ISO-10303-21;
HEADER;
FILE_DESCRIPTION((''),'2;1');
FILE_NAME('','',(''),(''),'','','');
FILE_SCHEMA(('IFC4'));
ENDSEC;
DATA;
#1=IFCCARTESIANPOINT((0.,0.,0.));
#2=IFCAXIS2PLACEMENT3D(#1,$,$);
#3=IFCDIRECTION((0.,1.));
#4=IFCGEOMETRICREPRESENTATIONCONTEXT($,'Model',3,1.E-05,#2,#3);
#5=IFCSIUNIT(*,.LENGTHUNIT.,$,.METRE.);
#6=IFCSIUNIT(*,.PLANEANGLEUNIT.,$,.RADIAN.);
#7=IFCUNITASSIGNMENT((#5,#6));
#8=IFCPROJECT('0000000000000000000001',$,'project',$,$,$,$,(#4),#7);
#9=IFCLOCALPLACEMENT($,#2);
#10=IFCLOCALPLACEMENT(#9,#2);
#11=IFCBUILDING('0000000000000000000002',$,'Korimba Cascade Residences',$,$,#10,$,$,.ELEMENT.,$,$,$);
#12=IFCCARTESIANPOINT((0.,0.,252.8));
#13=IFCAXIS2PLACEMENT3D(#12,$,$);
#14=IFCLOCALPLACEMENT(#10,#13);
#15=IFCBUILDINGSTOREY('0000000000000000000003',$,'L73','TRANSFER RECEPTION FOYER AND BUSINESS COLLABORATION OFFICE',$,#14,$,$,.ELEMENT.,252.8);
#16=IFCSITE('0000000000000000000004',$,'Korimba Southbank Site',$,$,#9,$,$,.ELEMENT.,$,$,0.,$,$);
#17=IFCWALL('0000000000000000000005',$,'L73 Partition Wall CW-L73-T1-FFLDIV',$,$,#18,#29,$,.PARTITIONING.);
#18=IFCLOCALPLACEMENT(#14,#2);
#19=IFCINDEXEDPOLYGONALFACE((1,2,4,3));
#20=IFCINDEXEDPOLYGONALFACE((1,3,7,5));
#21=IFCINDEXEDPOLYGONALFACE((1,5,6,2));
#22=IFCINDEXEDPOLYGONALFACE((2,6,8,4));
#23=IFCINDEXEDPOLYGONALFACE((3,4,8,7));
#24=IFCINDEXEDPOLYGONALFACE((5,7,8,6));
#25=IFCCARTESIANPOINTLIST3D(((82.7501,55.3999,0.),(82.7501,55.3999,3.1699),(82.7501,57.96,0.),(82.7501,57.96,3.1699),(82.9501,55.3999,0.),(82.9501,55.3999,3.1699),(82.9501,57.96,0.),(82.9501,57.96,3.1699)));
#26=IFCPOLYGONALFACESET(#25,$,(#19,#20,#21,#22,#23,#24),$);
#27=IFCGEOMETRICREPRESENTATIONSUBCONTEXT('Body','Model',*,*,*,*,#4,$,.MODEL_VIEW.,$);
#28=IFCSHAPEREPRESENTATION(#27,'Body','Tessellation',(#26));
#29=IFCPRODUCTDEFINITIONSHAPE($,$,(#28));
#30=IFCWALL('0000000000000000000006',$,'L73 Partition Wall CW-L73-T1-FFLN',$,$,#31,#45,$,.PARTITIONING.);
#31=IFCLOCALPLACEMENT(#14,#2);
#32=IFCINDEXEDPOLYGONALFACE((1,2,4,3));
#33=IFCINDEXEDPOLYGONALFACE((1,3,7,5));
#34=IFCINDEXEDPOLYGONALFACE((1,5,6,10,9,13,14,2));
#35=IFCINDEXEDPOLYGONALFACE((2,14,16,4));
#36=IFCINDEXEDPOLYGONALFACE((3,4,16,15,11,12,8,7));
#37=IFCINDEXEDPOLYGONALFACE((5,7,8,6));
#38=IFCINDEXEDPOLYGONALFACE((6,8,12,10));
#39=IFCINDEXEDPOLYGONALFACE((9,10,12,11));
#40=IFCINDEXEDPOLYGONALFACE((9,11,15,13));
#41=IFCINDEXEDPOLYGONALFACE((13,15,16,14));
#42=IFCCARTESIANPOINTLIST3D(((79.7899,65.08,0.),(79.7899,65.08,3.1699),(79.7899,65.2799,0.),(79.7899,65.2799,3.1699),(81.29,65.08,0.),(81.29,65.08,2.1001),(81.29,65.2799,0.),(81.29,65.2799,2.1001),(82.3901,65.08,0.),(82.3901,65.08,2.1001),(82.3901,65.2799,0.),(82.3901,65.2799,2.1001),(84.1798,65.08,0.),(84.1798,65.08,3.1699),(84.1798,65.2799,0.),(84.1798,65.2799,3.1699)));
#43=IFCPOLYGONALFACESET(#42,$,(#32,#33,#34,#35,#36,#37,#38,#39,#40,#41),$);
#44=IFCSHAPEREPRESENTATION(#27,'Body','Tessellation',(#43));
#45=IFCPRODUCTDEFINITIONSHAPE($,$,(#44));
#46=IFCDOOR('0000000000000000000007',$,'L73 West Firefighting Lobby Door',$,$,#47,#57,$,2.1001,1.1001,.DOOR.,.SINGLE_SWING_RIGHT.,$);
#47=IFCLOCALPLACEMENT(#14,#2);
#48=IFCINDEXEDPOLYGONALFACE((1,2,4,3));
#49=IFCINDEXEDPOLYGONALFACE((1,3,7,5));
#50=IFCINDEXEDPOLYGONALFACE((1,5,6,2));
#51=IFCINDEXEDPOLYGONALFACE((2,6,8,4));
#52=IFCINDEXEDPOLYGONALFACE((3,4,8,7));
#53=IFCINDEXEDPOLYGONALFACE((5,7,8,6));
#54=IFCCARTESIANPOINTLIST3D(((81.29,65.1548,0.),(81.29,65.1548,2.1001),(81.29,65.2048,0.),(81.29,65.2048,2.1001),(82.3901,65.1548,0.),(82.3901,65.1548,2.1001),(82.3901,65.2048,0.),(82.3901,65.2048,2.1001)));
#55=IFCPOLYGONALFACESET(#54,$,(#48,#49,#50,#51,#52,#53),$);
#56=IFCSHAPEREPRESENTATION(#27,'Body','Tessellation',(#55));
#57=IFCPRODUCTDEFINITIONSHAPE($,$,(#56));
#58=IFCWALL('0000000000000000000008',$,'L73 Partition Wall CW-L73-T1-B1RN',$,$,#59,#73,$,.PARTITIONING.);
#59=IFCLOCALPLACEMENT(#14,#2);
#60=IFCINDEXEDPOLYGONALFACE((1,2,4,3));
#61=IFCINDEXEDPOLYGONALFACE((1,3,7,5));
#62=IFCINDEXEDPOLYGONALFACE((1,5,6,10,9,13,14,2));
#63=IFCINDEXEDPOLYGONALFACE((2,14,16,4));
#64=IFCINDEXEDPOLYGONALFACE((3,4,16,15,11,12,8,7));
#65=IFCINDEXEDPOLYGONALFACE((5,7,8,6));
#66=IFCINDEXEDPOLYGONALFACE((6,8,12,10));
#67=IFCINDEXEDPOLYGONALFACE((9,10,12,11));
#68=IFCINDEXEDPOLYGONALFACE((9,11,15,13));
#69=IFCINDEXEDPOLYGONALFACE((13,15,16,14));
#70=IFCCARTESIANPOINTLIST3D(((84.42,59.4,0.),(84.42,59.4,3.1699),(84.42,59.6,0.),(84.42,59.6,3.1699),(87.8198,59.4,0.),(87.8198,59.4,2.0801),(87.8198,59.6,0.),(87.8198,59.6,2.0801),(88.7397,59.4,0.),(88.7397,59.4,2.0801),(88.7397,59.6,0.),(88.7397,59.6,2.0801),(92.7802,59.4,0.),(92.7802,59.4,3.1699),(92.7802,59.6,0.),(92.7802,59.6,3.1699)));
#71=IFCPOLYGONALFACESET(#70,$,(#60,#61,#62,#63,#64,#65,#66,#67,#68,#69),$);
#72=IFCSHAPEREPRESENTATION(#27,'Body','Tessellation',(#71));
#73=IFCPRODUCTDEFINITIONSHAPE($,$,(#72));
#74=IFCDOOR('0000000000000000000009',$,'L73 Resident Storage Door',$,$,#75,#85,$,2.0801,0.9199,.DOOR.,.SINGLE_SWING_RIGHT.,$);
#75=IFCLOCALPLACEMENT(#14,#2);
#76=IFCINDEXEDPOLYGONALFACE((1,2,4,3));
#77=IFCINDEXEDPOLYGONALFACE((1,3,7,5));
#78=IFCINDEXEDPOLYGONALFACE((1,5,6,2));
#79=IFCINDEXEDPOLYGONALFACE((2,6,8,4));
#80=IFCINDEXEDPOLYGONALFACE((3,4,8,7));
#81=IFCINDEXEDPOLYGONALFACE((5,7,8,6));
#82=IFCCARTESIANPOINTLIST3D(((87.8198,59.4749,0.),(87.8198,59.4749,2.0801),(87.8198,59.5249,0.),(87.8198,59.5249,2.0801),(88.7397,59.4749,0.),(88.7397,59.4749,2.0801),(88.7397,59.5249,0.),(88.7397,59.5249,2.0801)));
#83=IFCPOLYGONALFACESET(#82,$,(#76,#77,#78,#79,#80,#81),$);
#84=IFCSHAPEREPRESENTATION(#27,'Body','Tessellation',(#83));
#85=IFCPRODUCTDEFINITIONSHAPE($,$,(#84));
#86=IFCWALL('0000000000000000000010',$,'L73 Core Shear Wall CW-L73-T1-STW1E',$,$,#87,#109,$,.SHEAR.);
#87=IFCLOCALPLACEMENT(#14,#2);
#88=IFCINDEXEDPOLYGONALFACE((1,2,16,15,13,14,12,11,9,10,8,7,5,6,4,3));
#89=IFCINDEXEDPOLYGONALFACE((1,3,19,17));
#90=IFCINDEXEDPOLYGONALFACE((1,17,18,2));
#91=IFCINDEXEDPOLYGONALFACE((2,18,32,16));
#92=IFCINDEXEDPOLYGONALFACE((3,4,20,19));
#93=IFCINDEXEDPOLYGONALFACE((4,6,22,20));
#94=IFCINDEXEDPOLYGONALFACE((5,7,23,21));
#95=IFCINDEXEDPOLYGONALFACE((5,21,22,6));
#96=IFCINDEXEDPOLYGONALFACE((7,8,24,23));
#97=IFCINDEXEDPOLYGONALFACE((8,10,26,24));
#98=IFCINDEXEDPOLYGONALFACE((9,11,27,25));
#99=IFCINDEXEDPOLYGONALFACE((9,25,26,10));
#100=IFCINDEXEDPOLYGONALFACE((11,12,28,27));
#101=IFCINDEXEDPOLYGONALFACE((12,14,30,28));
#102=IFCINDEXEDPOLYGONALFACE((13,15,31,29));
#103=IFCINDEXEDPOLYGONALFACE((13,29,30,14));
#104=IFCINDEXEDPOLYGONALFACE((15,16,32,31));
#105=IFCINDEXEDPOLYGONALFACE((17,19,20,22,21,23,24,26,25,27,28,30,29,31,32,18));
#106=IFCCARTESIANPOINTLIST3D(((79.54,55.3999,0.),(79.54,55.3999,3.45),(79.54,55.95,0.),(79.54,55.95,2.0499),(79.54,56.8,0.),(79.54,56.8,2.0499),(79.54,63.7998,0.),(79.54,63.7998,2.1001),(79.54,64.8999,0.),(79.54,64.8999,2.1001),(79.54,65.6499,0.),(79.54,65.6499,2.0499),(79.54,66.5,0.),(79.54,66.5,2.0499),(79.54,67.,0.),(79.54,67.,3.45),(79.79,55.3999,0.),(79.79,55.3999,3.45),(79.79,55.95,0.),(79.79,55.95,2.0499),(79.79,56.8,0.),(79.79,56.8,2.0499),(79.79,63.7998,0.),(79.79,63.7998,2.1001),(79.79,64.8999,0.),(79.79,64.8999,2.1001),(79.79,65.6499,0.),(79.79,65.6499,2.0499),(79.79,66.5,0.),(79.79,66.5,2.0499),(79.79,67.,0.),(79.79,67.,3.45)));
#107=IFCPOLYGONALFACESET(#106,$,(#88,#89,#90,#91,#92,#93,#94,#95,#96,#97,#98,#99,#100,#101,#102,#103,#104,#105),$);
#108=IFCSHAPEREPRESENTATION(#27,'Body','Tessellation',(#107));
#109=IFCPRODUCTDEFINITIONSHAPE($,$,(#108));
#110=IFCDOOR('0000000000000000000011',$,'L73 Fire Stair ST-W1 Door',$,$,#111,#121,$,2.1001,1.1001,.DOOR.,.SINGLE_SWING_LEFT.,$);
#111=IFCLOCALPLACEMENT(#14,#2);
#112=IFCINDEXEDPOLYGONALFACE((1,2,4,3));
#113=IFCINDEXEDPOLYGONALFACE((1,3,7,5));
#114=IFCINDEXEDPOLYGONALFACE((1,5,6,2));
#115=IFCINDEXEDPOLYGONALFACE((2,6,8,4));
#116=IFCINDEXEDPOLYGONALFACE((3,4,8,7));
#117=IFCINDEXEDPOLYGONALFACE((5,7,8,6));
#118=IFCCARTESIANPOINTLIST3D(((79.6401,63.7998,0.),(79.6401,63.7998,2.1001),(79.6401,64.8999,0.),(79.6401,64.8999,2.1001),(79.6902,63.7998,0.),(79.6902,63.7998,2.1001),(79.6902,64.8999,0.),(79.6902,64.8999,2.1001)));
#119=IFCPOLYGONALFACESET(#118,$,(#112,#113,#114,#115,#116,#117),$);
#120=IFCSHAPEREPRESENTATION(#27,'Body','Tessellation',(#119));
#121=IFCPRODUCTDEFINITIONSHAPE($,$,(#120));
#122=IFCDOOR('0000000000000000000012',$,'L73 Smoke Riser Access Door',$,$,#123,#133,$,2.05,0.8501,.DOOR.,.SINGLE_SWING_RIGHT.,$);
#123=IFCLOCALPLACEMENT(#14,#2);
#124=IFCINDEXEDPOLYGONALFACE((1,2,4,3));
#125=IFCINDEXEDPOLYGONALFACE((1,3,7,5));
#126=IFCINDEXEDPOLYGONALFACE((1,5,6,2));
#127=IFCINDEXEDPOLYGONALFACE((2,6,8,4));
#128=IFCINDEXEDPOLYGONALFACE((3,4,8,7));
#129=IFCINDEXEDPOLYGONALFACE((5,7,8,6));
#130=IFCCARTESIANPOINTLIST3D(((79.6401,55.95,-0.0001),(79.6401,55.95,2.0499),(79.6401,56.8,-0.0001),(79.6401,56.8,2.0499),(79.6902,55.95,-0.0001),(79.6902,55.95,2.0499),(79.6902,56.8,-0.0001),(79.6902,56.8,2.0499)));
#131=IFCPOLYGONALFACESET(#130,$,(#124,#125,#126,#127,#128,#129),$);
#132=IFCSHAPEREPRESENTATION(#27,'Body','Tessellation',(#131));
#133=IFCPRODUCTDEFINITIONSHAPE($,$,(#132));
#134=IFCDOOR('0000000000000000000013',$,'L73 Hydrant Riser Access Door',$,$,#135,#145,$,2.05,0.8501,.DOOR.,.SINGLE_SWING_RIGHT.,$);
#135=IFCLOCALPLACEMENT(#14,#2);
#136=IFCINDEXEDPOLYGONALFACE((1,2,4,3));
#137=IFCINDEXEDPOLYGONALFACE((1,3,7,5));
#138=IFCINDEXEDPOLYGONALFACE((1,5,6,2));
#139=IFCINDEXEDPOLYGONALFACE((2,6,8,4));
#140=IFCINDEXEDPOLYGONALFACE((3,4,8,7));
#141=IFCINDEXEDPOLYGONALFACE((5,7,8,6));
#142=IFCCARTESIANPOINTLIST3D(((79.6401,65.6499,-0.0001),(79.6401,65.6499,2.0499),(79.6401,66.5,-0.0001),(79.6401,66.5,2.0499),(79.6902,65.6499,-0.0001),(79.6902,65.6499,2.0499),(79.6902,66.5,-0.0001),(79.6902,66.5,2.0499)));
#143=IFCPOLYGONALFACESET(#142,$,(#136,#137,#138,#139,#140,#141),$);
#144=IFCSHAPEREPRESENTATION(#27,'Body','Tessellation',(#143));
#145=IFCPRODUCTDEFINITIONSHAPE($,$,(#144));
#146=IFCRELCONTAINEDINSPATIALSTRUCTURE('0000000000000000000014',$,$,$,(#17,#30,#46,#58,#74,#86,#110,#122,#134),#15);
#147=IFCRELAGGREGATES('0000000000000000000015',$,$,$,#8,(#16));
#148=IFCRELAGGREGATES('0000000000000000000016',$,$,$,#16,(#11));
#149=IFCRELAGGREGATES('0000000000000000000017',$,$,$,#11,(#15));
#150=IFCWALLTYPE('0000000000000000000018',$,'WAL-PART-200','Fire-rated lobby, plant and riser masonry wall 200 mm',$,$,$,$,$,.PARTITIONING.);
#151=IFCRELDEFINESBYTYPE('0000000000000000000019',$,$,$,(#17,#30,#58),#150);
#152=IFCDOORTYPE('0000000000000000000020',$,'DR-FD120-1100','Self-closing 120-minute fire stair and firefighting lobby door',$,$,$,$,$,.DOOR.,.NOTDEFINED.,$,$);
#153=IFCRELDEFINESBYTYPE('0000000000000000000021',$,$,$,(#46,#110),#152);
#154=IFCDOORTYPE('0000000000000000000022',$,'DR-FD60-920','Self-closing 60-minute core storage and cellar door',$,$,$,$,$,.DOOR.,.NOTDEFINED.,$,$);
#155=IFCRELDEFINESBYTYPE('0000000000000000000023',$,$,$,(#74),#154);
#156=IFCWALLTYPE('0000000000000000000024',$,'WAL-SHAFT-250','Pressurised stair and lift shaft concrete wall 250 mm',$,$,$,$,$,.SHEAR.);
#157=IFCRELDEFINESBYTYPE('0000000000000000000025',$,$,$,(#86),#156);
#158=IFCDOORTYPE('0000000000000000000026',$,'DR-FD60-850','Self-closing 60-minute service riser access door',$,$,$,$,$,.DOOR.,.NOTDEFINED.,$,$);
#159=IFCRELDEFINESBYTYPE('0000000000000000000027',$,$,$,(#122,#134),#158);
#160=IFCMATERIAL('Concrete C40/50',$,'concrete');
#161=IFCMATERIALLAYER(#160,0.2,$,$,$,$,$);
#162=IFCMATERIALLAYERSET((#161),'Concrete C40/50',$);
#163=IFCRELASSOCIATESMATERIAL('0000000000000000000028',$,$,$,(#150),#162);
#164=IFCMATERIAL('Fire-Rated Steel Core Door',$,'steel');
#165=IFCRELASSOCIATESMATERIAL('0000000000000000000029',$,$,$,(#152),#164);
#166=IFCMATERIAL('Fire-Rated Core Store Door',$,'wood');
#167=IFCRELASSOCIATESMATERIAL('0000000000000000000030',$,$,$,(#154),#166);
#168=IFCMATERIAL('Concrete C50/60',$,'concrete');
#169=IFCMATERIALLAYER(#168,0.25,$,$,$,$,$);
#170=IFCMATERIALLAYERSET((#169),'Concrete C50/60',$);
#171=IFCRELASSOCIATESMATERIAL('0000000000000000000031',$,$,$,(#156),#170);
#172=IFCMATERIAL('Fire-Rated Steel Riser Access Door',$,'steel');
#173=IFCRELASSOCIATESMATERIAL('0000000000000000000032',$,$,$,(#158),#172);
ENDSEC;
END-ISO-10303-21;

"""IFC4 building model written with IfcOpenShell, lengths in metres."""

from ifc_helpers import new_model, si_unit, direction, frame, frame_2d, origin, place, context, subcontext, project, spatial, rectangle, extrude, material, layer, layer_set, type_object, element, fill, save


model = new_model("IFC4")

# Units and contexts
model_context = context("Model", 3, precision=1e-05, world=origin(), true_north=direction((0.0, 1.0)))
body_context = subcontext(model_context, "Body", "Model", "MODEL_VIEW")
ifc_project = project(units=[si_unit("LENGTHUNIT", "METRE"), si_unit("PLANEANGLEUNIT", "RADIAN")], contexts=[model_context])

# Site, building, storey
site_placement = place(None, origin())
site = spatial("IfcSite", under=ifc_project, at=site_placement, Name="Korimba Southbank Site", CompositionType="ELEMENT", RefElevation=0.0)
building_placement = place(site_placement, origin())
building = spatial("IfcBuilding", under=site, at=building_placement, Name="Korimba Cascade Residences", CompositionType="ELEMENT")
storey_placement = place(building_placement, frame((0.0, 0.0, 252.8)))
storey = spatial("IfcBuildingStorey", under=building, at=storey_placement, Name="L73", Description="TRANSFER RECEPTION FOYER AND BUSINESS COLLABORATION OFFICE", CompositionType="ELEMENT", Elevation=252.8)

# Wall
ifc_material_1 = material(Name="Concrete C40/50", Category="concrete")
ifc_layer_1 = layer(ifc_material_1, 0.2)
ifc_layer_set_1 = layer_set([ifc_layer_1], Name="Concrete C40/50")
wall_type_1 = type_object("IfcWallType", Name="WAL-PART-200", Description="Fire-rated lobby, plant and riser masonry wall 200 mm", PredefinedType="PARTITIONING", material=ifc_layer_set_1)
wall_1_placement = place(storey_placement, frame((82.8501, 55.3999, 0.0), z_axis=(0.0, 0.0, 1.0), x_axis=(0.0, 1.0, 0.0)))
element("IfcWall", 1, at=wall_1_placement, inside=storey, type_object=wall_type_1, Name="L73 Partition Wall CW-L73-T1-FFLDIV", PredefinedType="PARTITIONING", context=body_context, shape_type="SweptSolid", body=[
    extrude(rectangle(XDim=2.5601, YDim=0.2, at=frame_2d((1.28, 0.0))), origin(), (0.0, 0.0, 1.0), 3.1699),
])

# Walls, openings, doors
wall_2_placement = place(storey_placement, frame((79.79, 65.1799, 0.0), z_axis=(0.0, 0.0, 1.0), x_axis=(1.0, 0.0, 0.0)))
wall_2 = element("IfcWall", 2, at=wall_2_placement, inside=storey, type_object=wall_type_1, Name="L73 Partition Wall CW-L73-T1-FFLN", PredefinedType="PARTITIONING", context=body_context, shape_type="SweptSolid", body=[
    extrude(rectangle(XDim=4.3899, YDim=0.2, at=frame_2d((2.1948, 0.0))), origin(), (0.0, 0.0, 1.0), 3.1699),
])
opening_1_placement = place(wall_2_placement, frame((1.5, 0.0, 0.0)))
opening_1 = element("IfcOpeningElement", 3, at=opening_1_placement, cuts=wall_2, PredefinedType="OPENING", context=body_context, shape_type="SweptSolid", body=[
    extrude(rectangle(XDim=1.1001, YDim=2.1001, at=frame_2d((0.55, 1.05))), frame((0.0, 0.1099, 0.0), z_axis=(0.0, -1.0, 0.0), x_axis=(1.0, 0.0, 0.0)), (0.0, 0.0, 1.0), 0.22),
])
ifc_material_2 = material(Name="Fire-Rated Steel Core Door", Category="steel")
door_type_1 = type_object("IfcDoorType", Name="DR-FD120-1100", Description="Self-closing 120-minute fire stair and firefighting lobby door", OperationType="NOTDEFINED", PredefinedType="DOOR", material=ifc_material_2)
door_1_placement = place(opening_1_placement, origin())
door_1 = element("IfcDoor", 4, at=door_1_placement, inside=storey, type_object=door_type_1, Name="L73 West Firefighting Lobby Door", OperationType="SINGLE_SWING_RIGHT", OverallHeight=2.1001, OverallWidth=1.1001, PredefinedType="DOOR", context=body_context, shape_type="SweptSolid", body=[
    extrude(rectangle(XDim=1.1001, YDim=2.1001, at=frame_2d((0.55, 1.05))), frame((0.0, 0.0249, 0.0), z_axis=(0.0, -1.0, 0.0), x_axis=(1.0, 0.0, 0.0)), (0.0, 0.0, 1.0), 0.05),
])
fill(opening_1, door_1)
wall_3_placement = place(storey_placement, frame((84.4199, 59.5, 0.0), z_axis=(0.0, 0.0, 1.0), x_axis=(1.0, 0.0, 0.0)))
wall_3 = element("IfcWall", 5, at=wall_3_placement, inside=storey, type_object=wall_type_1, Name="L73 Partition Wall CW-L73-T1-B1RN", PredefinedType="PARTITIONING", context=body_context, shape_type="SweptSolid", body=[
    extrude(rectangle(XDim=8.3601, YDim=0.2, at=frame_2d((4.1802, 0.0))), origin(), (0.0, 0.0, 1.0), 3.1699),
])
opening_2_placement = place(wall_3_placement, frame((3.3999, 0.0, 0.0)))
opening_2 = element("IfcOpeningElement", 6, at=opening_2_placement, cuts=wall_3, PredefinedType="OPENING", context=body_context, shape_type="SweptSolid", body=[
    extrude(rectangle(XDim=0.9199, YDim=2.0801, at=frame_2d((0.46, 1.04))), frame((0.0, 0.1099, 0.0), z_axis=(0.0, -1.0, 0.0), x_axis=(1.0, 0.0, 0.0)), (0.0, 0.0, 1.0), 0.22),
])
ifc_material_3 = material(Name="Fire-Rated Core Store Door", Category="wood")
door_type_2 = type_object("IfcDoorType", Name="DR-FD60-920", Description="Self-closing 60-minute core storage and cellar door", OperationType="NOTDEFINED", PredefinedType="DOOR", material=ifc_material_3)
door_2_placement = place(opening_2_placement, origin())
door_2 = element("IfcDoor", 7, at=door_2_placement, inside=storey, type_object=door_type_2, Name="L73 Resident Storage Door", OperationType="SINGLE_SWING_RIGHT", OverallHeight=2.0801, OverallWidth=0.9199, PredefinedType="DOOR", context=body_context, shape_type="SweptSolid", body=[
    extrude(rectangle(XDim=0.9199, YDim=2.0801, at=frame_2d((0.46, 1.04))), frame((0.0, 0.0249, 0.0), z_axis=(0.0, -1.0, 0.0), x_axis=(1.0, 0.0, 0.0)), (0.0, 0.0, 1.0), 0.05),
])
fill(opening_2, door_2)

# Wall, openings, doors
ifc_material_4 = material(Name="Concrete C50/60", Category="concrete")
ifc_layer_2 = layer(ifc_material_4, 0.25)
ifc_layer_set_2 = layer_set([ifc_layer_2], Name="Concrete C50/60")
wall_type_2 = type_object("IfcWallType", Name="WAL-SHAFT-250", Description="Pressurised stair and lift shaft concrete wall 250 mm", PredefinedType="SHEAR", material=ifc_layer_set_2)
wall_4_placement = place(storey_placement, frame((79.665, 55.3999, 0.0), z_axis=(0.0, 0.0, 1.0), x_axis=(0.0, 1.0, 0.0)))
wall_4 = element("IfcWall", 8, at=wall_4_placement, inside=storey, type_object=wall_type_2, Name="L73 Core Shear Wall CW-L73-T1-STW1E", PredefinedType="SHEAR", context=body_context, shape_type="SweptSolid", body=[
    extrude(rectangle(XDim=11.6001, YDim=0.25, at=frame_2d((5.8, 0.0))), origin(), (0.0, 0.0, 1.0), 3.45),
])
opening_3_placement = place(wall_4_placement, frame((0.55, 0.0, 0.0)))
opening_3 = element("IfcOpeningElement", 9, at=opening_3_placement, cuts=wall_4, PredefinedType="OPENING", context=body_context, shape_type="SweptSolid", body=[
    extrude(rectangle(XDim=0.8501, YDim=2.05, at=frame_2d((0.425, 1.0249))), frame((0.0, 0.135, 0.0), z_axis=(0.0, -1.0, 0.0), x_axis=(1.0, 0.0, 0.0)), (0.0, 0.0, 1.0), 0.27),
])
opening_4_placement = place(wall_4_placement, frame((8.3999, 0.0, 0.0)))
opening_4 = element("IfcOpeningElement", 10, at=opening_4_placement, cuts=wall_4, PredefinedType="OPENING", context=body_context, shape_type="SweptSolid", body=[
    extrude(rectangle(XDim=1.1001, YDim=2.1001, at=frame_2d((0.55, 1.05))), frame((0.0, 0.135, 0.0), z_axis=(0.0, -1.0, 0.0), x_axis=(1.0, 0.0, 0.0)), (0.0, 0.0, 1.0), 0.27),
])
opening_5_placement = place(wall_4_placement, frame((10.25, 0.0, 0.0)))
opening_5 = element("IfcOpeningElement", 11, at=opening_5_placement, cuts=wall_4, PredefinedType="OPENING", context=body_context, shape_type="SweptSolid", body=[
    extrude(rectangle(XDim=0.8501, YDim=2.05, at=frame_2d((0.425, 1.0249))), frame((0.0, 0.135, 0.0), z_axis=(0.0, -1.0, 0.0), x_axis=(1.0, 0.0, 0.0)), (0.0, 0.0, 1.0), 0.27),
])
door_3_placement = place(opening_4_placement, origin())
door_3 = element("IfcDoor", 12, at=door_3_placement, inside=storey, type_object=door_type_1, Name="L73 Fire Stair ST-W1 Door", OperationType="SINGLE_SWING_LEFT", OverallHeight=2.1001, OverallWidth=1.1001, PredefinedType="DOOR", context=body_context, shape_type="SweptSolid", body=[
    extrude(rectangle(XDim=1.1001, YDim=2.1001, at=frame_2d((0.55, 1.05))), frame((0.0, 0.0249, 0.0), z_axis=(0.0, -1.0, 0.0), x_axis=(1.0, 0.0, 0.0)), (0.0, 0.0, 1.0), 0.05),
])
fill(opening_4, door_3)
ifc_material_5 = material(Name="Fire-Rated Steel Riser Access Door", Category="steel")
door_type_3 = type_object("IfcDoorType", Name="DR-FD60-850", Description="Self-closing 60-minute service riser access door", OperationType="NOTDEFINED", PredefinedType="DOOR", material=ifc_material_5)
door_4_placement = place(opening_3_placement, origin())
door_4 = element("IfcDoor", 13, at=door_4_placement, inside=storey, type_object=door_type_3, Name="L73 Smoke Riser Access Door", OperationType="SINGLE_SWING_RIGHT", OverallHeight=2.05, OverallWidth=0.8501, PredefinedType="DOOR", context=body_context, shape_type="SweptSolid", body=[
    extrude(rectangle(XDim=0.8501, YDim=2.05, at=frame_2d((0.425, 1.0249))), frame((0.0, 0.0249, 0.0), z_axis=(0.0, -1.0, 0.0), x_axis=(1.0, 0.0, 0.0)), (0.0, 0.0, 1.0), 0.05),
])
fill(opening_3, door_4)
door_5_placement = place(opening_5_placement, origin())
door_5 = element("IfcDoor", 14, at=door_5_placement, inside=storey, type_object=door_type_3, Name="L73 Hydrant Riser Access Door", OperationType="SINGLE_SWING_RIGHT", OverallHeight=2.05, OverallWidth=0.8501, PredefinedType="DOOR", context=body_context, shape_type="SweptSolid", body=[
    extrude(rectangle(XDim=0.8501, YDim=2.05, at=frame_2d((0.425, 1.0249))), frame((0.0, 0.0249, 0.0), z_axis=(0.0, -1.0, 0.0), x_axis=(1.0, 0.0, 0.0)), (0.0, 0.0, 1.0), 0.05),
])
fill(opening_5, door_5)

save(model, "model.ifc")
